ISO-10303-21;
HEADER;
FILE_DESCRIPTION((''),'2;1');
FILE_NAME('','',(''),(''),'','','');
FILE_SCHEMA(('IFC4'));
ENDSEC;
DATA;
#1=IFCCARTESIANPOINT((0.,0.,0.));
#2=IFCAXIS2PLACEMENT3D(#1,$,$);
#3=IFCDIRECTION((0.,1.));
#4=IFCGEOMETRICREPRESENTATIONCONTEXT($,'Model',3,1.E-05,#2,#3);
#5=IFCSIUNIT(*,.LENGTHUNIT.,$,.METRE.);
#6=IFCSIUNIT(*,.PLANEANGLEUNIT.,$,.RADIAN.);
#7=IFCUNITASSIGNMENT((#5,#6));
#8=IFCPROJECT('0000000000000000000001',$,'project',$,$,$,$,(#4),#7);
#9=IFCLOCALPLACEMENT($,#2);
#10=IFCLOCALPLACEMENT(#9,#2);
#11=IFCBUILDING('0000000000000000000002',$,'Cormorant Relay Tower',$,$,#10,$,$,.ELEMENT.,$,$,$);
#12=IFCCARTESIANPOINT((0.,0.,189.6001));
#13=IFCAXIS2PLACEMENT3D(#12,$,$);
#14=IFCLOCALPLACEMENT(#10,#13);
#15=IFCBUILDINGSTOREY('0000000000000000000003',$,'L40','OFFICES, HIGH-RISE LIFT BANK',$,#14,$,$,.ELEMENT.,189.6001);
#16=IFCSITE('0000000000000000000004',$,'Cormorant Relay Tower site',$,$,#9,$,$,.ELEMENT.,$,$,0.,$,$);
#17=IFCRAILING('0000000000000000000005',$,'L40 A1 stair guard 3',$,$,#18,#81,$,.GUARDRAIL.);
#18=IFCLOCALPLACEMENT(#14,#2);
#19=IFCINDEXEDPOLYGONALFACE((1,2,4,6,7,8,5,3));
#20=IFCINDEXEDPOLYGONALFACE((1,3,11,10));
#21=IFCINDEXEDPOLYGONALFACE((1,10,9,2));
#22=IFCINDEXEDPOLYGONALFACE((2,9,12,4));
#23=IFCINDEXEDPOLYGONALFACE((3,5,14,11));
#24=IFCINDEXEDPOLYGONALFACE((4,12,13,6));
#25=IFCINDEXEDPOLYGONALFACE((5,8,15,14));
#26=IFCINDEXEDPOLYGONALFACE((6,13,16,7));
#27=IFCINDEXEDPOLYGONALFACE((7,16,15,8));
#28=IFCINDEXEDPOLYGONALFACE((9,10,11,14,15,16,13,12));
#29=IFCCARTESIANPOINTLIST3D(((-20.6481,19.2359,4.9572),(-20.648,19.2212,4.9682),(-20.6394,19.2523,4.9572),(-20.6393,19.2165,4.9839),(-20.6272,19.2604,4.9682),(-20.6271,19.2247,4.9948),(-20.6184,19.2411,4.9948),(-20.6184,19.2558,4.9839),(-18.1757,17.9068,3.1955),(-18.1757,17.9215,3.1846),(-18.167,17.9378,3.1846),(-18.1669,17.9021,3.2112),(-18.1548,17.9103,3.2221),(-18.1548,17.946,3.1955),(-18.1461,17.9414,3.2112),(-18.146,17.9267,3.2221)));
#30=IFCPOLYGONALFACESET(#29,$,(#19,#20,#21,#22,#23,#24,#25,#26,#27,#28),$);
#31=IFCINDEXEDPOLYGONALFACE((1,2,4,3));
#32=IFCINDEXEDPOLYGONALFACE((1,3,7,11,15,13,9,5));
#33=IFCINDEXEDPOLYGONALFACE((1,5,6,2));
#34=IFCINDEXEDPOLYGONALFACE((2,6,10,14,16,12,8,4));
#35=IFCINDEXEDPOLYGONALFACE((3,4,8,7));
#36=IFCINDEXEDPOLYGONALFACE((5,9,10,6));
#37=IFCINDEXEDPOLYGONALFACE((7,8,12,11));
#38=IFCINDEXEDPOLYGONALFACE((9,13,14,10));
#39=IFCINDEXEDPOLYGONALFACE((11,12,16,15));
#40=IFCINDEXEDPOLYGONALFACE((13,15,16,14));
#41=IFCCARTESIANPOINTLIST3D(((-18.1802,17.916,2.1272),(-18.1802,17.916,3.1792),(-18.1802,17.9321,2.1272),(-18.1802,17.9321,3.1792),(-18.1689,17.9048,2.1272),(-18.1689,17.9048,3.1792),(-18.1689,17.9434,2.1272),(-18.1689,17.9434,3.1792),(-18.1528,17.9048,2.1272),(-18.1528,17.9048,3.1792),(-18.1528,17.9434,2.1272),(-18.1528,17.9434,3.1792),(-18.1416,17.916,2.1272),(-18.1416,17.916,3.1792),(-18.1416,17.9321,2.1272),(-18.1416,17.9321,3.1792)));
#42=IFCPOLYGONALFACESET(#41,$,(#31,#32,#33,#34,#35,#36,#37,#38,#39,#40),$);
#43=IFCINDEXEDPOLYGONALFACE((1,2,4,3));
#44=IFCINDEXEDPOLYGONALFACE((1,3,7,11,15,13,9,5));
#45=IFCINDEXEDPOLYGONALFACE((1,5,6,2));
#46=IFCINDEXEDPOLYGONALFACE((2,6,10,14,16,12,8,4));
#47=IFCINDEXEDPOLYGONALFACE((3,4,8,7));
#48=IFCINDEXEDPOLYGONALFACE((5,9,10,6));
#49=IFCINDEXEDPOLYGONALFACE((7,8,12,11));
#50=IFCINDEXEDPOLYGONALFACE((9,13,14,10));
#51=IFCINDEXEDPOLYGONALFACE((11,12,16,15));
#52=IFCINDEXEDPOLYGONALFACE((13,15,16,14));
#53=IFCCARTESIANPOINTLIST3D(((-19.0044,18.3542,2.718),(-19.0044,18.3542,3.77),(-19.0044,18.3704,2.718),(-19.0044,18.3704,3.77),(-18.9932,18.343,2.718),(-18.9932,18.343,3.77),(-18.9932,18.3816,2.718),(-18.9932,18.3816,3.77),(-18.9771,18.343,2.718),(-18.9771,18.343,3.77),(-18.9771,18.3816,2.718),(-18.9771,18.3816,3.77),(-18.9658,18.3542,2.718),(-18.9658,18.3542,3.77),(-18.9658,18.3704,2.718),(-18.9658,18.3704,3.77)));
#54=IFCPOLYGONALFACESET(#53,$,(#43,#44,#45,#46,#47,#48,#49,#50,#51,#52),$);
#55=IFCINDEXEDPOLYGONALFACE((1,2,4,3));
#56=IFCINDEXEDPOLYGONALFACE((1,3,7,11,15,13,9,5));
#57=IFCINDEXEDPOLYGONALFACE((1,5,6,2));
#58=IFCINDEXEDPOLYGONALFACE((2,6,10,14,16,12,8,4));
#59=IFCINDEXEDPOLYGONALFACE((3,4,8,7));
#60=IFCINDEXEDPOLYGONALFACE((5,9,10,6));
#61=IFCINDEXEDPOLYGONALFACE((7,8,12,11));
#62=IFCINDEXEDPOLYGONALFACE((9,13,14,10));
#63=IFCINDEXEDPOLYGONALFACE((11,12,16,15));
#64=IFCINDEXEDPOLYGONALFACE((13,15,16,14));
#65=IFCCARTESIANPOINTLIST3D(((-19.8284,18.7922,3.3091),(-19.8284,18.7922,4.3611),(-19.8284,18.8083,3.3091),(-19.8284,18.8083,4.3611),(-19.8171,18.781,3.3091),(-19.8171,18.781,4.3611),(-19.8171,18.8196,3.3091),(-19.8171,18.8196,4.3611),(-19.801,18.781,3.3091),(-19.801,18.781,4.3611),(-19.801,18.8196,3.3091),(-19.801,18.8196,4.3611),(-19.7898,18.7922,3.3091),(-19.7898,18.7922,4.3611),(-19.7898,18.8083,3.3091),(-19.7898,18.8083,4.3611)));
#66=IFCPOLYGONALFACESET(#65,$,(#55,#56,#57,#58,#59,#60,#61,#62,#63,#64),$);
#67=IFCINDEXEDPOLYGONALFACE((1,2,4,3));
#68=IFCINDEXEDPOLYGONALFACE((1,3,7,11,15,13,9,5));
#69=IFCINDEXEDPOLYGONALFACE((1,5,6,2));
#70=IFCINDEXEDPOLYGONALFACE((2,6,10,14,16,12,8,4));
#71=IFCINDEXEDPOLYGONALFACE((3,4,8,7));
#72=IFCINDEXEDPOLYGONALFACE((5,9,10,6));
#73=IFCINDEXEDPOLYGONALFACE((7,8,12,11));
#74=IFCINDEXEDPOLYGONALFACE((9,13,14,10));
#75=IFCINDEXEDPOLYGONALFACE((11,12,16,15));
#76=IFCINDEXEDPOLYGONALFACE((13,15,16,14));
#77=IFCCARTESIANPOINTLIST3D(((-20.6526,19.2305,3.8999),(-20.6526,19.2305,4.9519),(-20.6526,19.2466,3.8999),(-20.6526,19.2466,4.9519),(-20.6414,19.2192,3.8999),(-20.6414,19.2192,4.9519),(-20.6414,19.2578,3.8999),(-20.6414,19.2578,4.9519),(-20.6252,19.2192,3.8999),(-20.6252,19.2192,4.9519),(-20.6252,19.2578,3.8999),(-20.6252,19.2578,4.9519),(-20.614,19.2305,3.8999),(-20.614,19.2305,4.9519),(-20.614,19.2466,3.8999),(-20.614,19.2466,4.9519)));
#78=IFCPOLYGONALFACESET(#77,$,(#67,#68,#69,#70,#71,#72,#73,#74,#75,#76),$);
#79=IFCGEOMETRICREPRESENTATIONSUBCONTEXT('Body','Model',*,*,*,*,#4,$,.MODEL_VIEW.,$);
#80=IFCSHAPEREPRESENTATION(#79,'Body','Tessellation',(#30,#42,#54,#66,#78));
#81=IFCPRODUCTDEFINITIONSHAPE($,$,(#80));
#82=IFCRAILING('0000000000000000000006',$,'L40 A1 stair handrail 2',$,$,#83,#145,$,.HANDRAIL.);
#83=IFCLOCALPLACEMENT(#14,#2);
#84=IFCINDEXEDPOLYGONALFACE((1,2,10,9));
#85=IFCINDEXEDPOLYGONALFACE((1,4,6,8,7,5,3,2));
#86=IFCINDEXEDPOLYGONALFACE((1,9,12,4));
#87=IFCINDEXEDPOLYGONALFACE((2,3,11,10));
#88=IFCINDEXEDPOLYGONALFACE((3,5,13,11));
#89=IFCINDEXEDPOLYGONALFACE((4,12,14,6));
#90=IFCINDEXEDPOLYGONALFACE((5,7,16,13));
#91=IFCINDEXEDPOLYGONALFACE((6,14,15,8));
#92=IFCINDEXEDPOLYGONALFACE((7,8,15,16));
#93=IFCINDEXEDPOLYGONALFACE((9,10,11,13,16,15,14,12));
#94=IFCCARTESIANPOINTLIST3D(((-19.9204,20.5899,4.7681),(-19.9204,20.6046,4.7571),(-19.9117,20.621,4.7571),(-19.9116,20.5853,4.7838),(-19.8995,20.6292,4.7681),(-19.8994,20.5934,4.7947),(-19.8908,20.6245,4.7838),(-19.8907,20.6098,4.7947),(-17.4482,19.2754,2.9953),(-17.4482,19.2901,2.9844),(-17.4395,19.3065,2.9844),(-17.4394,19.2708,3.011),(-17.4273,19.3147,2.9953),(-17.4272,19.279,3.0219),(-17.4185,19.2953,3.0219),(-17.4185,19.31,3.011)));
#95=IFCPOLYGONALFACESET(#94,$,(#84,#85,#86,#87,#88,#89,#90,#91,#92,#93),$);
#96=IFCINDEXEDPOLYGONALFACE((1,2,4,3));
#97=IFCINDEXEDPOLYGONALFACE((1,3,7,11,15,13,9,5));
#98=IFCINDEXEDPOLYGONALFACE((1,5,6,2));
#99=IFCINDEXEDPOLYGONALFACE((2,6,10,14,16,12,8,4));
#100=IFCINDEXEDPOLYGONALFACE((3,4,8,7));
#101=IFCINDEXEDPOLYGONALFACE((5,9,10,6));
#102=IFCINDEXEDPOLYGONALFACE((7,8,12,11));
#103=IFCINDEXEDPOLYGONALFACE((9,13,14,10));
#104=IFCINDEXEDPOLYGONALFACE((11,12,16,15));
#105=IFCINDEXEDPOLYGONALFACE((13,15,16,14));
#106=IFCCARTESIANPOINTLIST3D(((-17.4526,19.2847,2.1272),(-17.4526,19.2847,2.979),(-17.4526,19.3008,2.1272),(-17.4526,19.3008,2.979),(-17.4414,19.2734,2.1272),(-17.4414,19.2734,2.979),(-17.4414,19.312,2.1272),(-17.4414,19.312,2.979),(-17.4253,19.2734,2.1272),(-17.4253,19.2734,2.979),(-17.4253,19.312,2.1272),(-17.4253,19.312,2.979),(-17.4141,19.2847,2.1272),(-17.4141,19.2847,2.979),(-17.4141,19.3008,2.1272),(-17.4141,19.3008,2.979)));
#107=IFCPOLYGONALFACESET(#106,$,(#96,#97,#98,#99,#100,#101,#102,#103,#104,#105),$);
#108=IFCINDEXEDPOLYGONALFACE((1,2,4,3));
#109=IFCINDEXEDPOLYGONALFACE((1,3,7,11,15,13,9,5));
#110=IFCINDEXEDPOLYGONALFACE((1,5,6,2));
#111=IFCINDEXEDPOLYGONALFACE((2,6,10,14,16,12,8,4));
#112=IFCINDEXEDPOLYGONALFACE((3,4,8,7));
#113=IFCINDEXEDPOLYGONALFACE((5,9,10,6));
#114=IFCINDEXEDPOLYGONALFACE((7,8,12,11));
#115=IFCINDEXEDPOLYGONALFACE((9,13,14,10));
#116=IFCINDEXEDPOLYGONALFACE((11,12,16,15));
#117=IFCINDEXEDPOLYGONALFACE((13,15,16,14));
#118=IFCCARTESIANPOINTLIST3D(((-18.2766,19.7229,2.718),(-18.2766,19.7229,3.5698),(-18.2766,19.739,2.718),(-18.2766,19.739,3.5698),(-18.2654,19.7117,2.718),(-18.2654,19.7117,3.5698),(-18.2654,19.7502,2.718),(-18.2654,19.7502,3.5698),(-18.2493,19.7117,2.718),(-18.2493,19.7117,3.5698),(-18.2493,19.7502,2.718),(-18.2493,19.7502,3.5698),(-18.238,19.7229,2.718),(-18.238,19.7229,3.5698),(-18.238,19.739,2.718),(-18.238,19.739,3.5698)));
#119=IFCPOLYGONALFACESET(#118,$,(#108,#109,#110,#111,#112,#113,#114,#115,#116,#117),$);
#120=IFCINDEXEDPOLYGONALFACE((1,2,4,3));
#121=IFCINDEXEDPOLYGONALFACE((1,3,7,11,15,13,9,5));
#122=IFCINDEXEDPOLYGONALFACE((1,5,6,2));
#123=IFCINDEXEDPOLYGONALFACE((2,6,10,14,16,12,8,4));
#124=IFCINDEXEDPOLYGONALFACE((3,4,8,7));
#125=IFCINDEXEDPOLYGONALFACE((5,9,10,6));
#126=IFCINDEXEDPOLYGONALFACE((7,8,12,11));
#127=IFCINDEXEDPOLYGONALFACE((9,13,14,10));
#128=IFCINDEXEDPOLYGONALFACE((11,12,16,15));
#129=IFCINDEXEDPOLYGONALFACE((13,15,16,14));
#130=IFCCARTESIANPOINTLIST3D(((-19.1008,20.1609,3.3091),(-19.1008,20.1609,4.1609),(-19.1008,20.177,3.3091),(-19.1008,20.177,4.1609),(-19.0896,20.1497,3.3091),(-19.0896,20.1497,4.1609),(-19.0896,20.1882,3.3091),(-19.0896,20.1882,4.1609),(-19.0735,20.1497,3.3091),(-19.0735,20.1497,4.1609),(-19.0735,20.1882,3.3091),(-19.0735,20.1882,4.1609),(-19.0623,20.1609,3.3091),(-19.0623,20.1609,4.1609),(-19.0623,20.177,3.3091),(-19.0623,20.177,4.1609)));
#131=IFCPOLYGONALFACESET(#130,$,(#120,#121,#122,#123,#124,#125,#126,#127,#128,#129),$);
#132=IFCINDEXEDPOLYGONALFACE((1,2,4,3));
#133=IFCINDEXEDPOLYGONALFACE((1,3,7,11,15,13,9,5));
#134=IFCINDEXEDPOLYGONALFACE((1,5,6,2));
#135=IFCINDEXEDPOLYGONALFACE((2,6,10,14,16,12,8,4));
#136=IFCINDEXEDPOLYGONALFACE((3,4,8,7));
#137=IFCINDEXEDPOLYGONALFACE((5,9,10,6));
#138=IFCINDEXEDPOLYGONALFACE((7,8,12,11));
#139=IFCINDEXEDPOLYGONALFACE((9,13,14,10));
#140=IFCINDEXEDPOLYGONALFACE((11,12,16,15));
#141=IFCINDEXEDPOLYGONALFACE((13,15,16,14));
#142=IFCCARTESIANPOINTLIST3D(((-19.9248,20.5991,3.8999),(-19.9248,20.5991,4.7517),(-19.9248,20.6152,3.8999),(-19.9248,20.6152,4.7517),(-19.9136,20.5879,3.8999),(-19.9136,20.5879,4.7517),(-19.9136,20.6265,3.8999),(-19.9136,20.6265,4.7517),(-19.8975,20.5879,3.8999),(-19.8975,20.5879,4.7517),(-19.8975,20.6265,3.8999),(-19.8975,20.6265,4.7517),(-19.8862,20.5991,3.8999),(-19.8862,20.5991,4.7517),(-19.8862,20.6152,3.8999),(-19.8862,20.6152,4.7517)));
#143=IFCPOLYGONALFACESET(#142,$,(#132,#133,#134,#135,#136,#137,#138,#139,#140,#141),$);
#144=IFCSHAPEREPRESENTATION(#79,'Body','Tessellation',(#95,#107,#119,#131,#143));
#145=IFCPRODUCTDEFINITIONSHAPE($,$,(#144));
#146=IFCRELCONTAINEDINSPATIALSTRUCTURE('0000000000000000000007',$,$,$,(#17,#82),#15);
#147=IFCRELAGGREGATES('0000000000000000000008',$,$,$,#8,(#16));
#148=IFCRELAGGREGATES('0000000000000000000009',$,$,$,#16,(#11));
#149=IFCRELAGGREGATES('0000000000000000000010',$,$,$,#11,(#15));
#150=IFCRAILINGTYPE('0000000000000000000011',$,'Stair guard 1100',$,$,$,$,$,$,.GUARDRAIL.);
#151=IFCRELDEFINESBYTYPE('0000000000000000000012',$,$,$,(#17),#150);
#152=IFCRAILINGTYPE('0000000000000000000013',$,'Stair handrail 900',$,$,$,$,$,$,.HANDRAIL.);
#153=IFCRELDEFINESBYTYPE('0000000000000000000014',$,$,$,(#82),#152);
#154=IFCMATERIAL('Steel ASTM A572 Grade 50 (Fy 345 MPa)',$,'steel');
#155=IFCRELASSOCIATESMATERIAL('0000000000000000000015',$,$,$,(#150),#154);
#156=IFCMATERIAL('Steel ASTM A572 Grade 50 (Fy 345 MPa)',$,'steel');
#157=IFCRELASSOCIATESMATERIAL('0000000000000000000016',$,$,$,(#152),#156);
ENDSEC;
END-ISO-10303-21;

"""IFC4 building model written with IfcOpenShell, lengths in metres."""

from ifc_helpers import new_model, si_unit, direction, frame, origin, place, context, subcontext, project, spatial, polyline, outline, extrude, material, type_object, element, save


model = new_model("IFC4")

# Units and contexts
model_context = context("Model", 3, precision=1e-05, world=origin(), true_north=direction((0.0, 1.0)))
body_context = subcontext(model_context, "Body", "Model", "MODEL_VIEW")
ifc_project = project(units=[si_unit("LENGTHUNIT", "METRE"), si_unit("PLANEANGLEUNIT", "RADIAN")], contexts=[model_context])

# Site, building, storey
site_placement = place(None, origin())
site = spatial("IfcSite", under=ifc_project, at=site_placement, Name="Cormorant Relay Tower site", CompositionType="ELEMENT", RefElevation=0.0)
building_placement = place(site_placement, origin())
building = spatial("IfcBuilding", under=site, at=building_placement, Name="Cormorant Relay Tower", CompositionType="ELEMENT")
storey_placement = place(building_placement, frame((0.0, 0.0, 189.6001)))
storey = spatial("IfcBuildingStorey", under=building, at=storey_placement, Name="L40", Description="OFFICES, HIGH-RISE LIFT BANK", CompositionType="ELEMENT", Elevation=189.6001)

# Railings
ifc_material_1 = material(Name="Steel ASTM A572 Grade 50 (Fy 345 MPa)", Category="steel")
railing_type_1 = type_object("IfcRailingType", Name="Stair guard 1100", PredefinedType="GUARDRAIL", material=ifc_material_1)
railing_1_placement = place(storey_placement, frame((-18.1609, 17.9241, 2.1272)))
element("IfcRailing", 1, at=railing_1_placement, inside=storey, type_object=railing_type_1, Name="L40 A1 stair guard 3", PredefinedType="GUARDRAIL", context=body_context, shape_type="SweptSolid", body=[
    extrude(outline(polyline([(0.0222, 0.0093), (0.0093, 0.0222), (-0.0093, 0.0222), (-0.0222, 0.0093), (-0.0222, -0.0093), (-0.0093, -0.0222), (0.0093, -0.0222), (0.0222, -0.0093), (0.0222, 0.0093)])), frame((0.0, 0.0, 1.0762), z_axis=(-0.746034, 0.396627, 0.534902), x_axis=(-0.469429, -0.88297, 0.0)), (0.0, 0.0, 1.0), 3.314),
    extrude(outline(polyline([(0.0193, 0.0081), (0.0081, 0.0193), (-0.0081, 0.0193), (-0.0193, 0.0081), (-0.0193, -0.0081), (-0.0081, -0.0193), (0.0081, -0.0193), (0.0193, -0.0081), (0.0193, 0.0081)])), origin(), (0.0, 0.0, 1.0), 1.052),
    extrude(outline(polyline([(0.0193, 0.0081), (0.0081, 0.0193), (-0.0081, 0.0193), (-0.0193, 0.0081), (-0.0193, -0.0081), (-0.0081, -0.0193), (0.0081, -0.0193), (0.0193, -0.0081), (0.0193, 0.0081)])), frame((-0.8242, 0.4382, 0.5908)), (0.0, 0.0, 1.0), 1.052),
    extrude(outline(polyline([(0.0193, 0.0081), (0.0081, 0.0193), (-0.0081, 0.0193), (-0.0193, 0.0081), (-0.0193, -0.0081), (-0.0081, -0.0193), (0.0081, -0.0193), (0.0193, -0.0081), (0.0193, 0.0081)])), frame((-1.6482, 0.8762, 1.1819)), (0.0, 0.0, 1.0), 1.052),
    extrude(outline(polyline([(0.0193, 0.0081), (0.0081, 0.0193), (-0.0081, 0.0193), (-0.0193, 0.0081), (-0.0193, -0.0081), (-0.0081, -0.0193), (0.0081, -0.0193), (0.0193, -0.0081), (0.0193, 0.0081)])), frame((-2.4724, 1.3145, 1.7727)), (0.0, 0.0, 1.0), 1.052),
])
ifc_material_2 = material(Name="Steel ASTM A572 Grade 50 (Fy 345 MPa)", Category="steel")
railing_type_2 = type_object("IfcRailingType", Name="Stair handrail 900", PredefinedType="HANDRAIL", material=ifc_material_2)
railing_2_placement = place(storey_placement, frame((-17.4333, 19.2927, 2.1272)))
element("IfcRailing", 2, at=railing_2_placement, inside=storey, type_object=railing_type_2, Name="L40 A1 stair handrail 2", PredefinedType="HANDRAIL", context=body_context, shape_type="SweptSolid", body=[
    extrude(outline(polyline([(0.0222, 0.0093), (0.0093, 0.0222), (-0.0093, 0.0222), (-0.0222, 0.0093), (-0.0222, -0.0093), (-0.0093, -0.0222), (0.0093, -0.0222), (0.0222, -0.0093), (0.0222, 0.0093)])), frame((0.0, 0.0, 0.876), z_axis=(-0.746001, 0.396649, 0.534931), x_axis=(-0.469465, -0.882951, 0.0)), (0.0, 0.0, 1.0), 3.314),
    extrude(outline(polyline([(0.0193, 0.0081), (0.0081, 0.0193), (-0.0081, 0.0193), (-0.0193, 0.0081), (-0.0193, -0.0081), (-0.0081, -0.0193), (0.0081, -0.0193), (0.0193, -0.0081), (0.0193, 0.0081)])), origin(), (0.0, 0.0, 1.0), 0.8518),
    extrude(outline(polyline([(0.0193, 0.0081), (0.0081, 0.0193), (-0.0081, 0.0193), (-0.0193, 0.0081), (-0.0193, -0.0081), (-0.0081, -0.0193), (0.0081, -0.0193), (0.0193, -0.0081), (0.0193, 0.0081)])), frame((-0.824, 0.4382, 0.5908)), (0.0, 0.0, 1.0), 0.8518),
    extrude(outline(polyline([(0.0193, 0.0081), (0.0081, 0.0193), (-0.0081, 0.0193), (-0.0193, 0.0081), (-0.0193, -0.0081), (-0.0081, -0.0193), (0.0081, -0.0193), (0.0193, -0.0081), (0.0193, 0.0081)])), frame((-1.6482, 0.8762, 1.1819)), (0.0, 0.0, 1.0), 0.8518),
    extrude(outline(polyline([(0.0193, 0.0081), (0.0081, 0.0193), (-0.0081, 0.0193), (-0.0193, 0.0081), (-0.0193, -0.0081), (-0.0081, -0.0193), (0.0081, -0.0193), (0.0193, -0.0081), (0.0193, 0.0081)])), frame((-2.4722, 1.3145, 1.7727)), (0.0, 0.0, 1.0), 0.8518),
])

save(model, "model.ifc")
